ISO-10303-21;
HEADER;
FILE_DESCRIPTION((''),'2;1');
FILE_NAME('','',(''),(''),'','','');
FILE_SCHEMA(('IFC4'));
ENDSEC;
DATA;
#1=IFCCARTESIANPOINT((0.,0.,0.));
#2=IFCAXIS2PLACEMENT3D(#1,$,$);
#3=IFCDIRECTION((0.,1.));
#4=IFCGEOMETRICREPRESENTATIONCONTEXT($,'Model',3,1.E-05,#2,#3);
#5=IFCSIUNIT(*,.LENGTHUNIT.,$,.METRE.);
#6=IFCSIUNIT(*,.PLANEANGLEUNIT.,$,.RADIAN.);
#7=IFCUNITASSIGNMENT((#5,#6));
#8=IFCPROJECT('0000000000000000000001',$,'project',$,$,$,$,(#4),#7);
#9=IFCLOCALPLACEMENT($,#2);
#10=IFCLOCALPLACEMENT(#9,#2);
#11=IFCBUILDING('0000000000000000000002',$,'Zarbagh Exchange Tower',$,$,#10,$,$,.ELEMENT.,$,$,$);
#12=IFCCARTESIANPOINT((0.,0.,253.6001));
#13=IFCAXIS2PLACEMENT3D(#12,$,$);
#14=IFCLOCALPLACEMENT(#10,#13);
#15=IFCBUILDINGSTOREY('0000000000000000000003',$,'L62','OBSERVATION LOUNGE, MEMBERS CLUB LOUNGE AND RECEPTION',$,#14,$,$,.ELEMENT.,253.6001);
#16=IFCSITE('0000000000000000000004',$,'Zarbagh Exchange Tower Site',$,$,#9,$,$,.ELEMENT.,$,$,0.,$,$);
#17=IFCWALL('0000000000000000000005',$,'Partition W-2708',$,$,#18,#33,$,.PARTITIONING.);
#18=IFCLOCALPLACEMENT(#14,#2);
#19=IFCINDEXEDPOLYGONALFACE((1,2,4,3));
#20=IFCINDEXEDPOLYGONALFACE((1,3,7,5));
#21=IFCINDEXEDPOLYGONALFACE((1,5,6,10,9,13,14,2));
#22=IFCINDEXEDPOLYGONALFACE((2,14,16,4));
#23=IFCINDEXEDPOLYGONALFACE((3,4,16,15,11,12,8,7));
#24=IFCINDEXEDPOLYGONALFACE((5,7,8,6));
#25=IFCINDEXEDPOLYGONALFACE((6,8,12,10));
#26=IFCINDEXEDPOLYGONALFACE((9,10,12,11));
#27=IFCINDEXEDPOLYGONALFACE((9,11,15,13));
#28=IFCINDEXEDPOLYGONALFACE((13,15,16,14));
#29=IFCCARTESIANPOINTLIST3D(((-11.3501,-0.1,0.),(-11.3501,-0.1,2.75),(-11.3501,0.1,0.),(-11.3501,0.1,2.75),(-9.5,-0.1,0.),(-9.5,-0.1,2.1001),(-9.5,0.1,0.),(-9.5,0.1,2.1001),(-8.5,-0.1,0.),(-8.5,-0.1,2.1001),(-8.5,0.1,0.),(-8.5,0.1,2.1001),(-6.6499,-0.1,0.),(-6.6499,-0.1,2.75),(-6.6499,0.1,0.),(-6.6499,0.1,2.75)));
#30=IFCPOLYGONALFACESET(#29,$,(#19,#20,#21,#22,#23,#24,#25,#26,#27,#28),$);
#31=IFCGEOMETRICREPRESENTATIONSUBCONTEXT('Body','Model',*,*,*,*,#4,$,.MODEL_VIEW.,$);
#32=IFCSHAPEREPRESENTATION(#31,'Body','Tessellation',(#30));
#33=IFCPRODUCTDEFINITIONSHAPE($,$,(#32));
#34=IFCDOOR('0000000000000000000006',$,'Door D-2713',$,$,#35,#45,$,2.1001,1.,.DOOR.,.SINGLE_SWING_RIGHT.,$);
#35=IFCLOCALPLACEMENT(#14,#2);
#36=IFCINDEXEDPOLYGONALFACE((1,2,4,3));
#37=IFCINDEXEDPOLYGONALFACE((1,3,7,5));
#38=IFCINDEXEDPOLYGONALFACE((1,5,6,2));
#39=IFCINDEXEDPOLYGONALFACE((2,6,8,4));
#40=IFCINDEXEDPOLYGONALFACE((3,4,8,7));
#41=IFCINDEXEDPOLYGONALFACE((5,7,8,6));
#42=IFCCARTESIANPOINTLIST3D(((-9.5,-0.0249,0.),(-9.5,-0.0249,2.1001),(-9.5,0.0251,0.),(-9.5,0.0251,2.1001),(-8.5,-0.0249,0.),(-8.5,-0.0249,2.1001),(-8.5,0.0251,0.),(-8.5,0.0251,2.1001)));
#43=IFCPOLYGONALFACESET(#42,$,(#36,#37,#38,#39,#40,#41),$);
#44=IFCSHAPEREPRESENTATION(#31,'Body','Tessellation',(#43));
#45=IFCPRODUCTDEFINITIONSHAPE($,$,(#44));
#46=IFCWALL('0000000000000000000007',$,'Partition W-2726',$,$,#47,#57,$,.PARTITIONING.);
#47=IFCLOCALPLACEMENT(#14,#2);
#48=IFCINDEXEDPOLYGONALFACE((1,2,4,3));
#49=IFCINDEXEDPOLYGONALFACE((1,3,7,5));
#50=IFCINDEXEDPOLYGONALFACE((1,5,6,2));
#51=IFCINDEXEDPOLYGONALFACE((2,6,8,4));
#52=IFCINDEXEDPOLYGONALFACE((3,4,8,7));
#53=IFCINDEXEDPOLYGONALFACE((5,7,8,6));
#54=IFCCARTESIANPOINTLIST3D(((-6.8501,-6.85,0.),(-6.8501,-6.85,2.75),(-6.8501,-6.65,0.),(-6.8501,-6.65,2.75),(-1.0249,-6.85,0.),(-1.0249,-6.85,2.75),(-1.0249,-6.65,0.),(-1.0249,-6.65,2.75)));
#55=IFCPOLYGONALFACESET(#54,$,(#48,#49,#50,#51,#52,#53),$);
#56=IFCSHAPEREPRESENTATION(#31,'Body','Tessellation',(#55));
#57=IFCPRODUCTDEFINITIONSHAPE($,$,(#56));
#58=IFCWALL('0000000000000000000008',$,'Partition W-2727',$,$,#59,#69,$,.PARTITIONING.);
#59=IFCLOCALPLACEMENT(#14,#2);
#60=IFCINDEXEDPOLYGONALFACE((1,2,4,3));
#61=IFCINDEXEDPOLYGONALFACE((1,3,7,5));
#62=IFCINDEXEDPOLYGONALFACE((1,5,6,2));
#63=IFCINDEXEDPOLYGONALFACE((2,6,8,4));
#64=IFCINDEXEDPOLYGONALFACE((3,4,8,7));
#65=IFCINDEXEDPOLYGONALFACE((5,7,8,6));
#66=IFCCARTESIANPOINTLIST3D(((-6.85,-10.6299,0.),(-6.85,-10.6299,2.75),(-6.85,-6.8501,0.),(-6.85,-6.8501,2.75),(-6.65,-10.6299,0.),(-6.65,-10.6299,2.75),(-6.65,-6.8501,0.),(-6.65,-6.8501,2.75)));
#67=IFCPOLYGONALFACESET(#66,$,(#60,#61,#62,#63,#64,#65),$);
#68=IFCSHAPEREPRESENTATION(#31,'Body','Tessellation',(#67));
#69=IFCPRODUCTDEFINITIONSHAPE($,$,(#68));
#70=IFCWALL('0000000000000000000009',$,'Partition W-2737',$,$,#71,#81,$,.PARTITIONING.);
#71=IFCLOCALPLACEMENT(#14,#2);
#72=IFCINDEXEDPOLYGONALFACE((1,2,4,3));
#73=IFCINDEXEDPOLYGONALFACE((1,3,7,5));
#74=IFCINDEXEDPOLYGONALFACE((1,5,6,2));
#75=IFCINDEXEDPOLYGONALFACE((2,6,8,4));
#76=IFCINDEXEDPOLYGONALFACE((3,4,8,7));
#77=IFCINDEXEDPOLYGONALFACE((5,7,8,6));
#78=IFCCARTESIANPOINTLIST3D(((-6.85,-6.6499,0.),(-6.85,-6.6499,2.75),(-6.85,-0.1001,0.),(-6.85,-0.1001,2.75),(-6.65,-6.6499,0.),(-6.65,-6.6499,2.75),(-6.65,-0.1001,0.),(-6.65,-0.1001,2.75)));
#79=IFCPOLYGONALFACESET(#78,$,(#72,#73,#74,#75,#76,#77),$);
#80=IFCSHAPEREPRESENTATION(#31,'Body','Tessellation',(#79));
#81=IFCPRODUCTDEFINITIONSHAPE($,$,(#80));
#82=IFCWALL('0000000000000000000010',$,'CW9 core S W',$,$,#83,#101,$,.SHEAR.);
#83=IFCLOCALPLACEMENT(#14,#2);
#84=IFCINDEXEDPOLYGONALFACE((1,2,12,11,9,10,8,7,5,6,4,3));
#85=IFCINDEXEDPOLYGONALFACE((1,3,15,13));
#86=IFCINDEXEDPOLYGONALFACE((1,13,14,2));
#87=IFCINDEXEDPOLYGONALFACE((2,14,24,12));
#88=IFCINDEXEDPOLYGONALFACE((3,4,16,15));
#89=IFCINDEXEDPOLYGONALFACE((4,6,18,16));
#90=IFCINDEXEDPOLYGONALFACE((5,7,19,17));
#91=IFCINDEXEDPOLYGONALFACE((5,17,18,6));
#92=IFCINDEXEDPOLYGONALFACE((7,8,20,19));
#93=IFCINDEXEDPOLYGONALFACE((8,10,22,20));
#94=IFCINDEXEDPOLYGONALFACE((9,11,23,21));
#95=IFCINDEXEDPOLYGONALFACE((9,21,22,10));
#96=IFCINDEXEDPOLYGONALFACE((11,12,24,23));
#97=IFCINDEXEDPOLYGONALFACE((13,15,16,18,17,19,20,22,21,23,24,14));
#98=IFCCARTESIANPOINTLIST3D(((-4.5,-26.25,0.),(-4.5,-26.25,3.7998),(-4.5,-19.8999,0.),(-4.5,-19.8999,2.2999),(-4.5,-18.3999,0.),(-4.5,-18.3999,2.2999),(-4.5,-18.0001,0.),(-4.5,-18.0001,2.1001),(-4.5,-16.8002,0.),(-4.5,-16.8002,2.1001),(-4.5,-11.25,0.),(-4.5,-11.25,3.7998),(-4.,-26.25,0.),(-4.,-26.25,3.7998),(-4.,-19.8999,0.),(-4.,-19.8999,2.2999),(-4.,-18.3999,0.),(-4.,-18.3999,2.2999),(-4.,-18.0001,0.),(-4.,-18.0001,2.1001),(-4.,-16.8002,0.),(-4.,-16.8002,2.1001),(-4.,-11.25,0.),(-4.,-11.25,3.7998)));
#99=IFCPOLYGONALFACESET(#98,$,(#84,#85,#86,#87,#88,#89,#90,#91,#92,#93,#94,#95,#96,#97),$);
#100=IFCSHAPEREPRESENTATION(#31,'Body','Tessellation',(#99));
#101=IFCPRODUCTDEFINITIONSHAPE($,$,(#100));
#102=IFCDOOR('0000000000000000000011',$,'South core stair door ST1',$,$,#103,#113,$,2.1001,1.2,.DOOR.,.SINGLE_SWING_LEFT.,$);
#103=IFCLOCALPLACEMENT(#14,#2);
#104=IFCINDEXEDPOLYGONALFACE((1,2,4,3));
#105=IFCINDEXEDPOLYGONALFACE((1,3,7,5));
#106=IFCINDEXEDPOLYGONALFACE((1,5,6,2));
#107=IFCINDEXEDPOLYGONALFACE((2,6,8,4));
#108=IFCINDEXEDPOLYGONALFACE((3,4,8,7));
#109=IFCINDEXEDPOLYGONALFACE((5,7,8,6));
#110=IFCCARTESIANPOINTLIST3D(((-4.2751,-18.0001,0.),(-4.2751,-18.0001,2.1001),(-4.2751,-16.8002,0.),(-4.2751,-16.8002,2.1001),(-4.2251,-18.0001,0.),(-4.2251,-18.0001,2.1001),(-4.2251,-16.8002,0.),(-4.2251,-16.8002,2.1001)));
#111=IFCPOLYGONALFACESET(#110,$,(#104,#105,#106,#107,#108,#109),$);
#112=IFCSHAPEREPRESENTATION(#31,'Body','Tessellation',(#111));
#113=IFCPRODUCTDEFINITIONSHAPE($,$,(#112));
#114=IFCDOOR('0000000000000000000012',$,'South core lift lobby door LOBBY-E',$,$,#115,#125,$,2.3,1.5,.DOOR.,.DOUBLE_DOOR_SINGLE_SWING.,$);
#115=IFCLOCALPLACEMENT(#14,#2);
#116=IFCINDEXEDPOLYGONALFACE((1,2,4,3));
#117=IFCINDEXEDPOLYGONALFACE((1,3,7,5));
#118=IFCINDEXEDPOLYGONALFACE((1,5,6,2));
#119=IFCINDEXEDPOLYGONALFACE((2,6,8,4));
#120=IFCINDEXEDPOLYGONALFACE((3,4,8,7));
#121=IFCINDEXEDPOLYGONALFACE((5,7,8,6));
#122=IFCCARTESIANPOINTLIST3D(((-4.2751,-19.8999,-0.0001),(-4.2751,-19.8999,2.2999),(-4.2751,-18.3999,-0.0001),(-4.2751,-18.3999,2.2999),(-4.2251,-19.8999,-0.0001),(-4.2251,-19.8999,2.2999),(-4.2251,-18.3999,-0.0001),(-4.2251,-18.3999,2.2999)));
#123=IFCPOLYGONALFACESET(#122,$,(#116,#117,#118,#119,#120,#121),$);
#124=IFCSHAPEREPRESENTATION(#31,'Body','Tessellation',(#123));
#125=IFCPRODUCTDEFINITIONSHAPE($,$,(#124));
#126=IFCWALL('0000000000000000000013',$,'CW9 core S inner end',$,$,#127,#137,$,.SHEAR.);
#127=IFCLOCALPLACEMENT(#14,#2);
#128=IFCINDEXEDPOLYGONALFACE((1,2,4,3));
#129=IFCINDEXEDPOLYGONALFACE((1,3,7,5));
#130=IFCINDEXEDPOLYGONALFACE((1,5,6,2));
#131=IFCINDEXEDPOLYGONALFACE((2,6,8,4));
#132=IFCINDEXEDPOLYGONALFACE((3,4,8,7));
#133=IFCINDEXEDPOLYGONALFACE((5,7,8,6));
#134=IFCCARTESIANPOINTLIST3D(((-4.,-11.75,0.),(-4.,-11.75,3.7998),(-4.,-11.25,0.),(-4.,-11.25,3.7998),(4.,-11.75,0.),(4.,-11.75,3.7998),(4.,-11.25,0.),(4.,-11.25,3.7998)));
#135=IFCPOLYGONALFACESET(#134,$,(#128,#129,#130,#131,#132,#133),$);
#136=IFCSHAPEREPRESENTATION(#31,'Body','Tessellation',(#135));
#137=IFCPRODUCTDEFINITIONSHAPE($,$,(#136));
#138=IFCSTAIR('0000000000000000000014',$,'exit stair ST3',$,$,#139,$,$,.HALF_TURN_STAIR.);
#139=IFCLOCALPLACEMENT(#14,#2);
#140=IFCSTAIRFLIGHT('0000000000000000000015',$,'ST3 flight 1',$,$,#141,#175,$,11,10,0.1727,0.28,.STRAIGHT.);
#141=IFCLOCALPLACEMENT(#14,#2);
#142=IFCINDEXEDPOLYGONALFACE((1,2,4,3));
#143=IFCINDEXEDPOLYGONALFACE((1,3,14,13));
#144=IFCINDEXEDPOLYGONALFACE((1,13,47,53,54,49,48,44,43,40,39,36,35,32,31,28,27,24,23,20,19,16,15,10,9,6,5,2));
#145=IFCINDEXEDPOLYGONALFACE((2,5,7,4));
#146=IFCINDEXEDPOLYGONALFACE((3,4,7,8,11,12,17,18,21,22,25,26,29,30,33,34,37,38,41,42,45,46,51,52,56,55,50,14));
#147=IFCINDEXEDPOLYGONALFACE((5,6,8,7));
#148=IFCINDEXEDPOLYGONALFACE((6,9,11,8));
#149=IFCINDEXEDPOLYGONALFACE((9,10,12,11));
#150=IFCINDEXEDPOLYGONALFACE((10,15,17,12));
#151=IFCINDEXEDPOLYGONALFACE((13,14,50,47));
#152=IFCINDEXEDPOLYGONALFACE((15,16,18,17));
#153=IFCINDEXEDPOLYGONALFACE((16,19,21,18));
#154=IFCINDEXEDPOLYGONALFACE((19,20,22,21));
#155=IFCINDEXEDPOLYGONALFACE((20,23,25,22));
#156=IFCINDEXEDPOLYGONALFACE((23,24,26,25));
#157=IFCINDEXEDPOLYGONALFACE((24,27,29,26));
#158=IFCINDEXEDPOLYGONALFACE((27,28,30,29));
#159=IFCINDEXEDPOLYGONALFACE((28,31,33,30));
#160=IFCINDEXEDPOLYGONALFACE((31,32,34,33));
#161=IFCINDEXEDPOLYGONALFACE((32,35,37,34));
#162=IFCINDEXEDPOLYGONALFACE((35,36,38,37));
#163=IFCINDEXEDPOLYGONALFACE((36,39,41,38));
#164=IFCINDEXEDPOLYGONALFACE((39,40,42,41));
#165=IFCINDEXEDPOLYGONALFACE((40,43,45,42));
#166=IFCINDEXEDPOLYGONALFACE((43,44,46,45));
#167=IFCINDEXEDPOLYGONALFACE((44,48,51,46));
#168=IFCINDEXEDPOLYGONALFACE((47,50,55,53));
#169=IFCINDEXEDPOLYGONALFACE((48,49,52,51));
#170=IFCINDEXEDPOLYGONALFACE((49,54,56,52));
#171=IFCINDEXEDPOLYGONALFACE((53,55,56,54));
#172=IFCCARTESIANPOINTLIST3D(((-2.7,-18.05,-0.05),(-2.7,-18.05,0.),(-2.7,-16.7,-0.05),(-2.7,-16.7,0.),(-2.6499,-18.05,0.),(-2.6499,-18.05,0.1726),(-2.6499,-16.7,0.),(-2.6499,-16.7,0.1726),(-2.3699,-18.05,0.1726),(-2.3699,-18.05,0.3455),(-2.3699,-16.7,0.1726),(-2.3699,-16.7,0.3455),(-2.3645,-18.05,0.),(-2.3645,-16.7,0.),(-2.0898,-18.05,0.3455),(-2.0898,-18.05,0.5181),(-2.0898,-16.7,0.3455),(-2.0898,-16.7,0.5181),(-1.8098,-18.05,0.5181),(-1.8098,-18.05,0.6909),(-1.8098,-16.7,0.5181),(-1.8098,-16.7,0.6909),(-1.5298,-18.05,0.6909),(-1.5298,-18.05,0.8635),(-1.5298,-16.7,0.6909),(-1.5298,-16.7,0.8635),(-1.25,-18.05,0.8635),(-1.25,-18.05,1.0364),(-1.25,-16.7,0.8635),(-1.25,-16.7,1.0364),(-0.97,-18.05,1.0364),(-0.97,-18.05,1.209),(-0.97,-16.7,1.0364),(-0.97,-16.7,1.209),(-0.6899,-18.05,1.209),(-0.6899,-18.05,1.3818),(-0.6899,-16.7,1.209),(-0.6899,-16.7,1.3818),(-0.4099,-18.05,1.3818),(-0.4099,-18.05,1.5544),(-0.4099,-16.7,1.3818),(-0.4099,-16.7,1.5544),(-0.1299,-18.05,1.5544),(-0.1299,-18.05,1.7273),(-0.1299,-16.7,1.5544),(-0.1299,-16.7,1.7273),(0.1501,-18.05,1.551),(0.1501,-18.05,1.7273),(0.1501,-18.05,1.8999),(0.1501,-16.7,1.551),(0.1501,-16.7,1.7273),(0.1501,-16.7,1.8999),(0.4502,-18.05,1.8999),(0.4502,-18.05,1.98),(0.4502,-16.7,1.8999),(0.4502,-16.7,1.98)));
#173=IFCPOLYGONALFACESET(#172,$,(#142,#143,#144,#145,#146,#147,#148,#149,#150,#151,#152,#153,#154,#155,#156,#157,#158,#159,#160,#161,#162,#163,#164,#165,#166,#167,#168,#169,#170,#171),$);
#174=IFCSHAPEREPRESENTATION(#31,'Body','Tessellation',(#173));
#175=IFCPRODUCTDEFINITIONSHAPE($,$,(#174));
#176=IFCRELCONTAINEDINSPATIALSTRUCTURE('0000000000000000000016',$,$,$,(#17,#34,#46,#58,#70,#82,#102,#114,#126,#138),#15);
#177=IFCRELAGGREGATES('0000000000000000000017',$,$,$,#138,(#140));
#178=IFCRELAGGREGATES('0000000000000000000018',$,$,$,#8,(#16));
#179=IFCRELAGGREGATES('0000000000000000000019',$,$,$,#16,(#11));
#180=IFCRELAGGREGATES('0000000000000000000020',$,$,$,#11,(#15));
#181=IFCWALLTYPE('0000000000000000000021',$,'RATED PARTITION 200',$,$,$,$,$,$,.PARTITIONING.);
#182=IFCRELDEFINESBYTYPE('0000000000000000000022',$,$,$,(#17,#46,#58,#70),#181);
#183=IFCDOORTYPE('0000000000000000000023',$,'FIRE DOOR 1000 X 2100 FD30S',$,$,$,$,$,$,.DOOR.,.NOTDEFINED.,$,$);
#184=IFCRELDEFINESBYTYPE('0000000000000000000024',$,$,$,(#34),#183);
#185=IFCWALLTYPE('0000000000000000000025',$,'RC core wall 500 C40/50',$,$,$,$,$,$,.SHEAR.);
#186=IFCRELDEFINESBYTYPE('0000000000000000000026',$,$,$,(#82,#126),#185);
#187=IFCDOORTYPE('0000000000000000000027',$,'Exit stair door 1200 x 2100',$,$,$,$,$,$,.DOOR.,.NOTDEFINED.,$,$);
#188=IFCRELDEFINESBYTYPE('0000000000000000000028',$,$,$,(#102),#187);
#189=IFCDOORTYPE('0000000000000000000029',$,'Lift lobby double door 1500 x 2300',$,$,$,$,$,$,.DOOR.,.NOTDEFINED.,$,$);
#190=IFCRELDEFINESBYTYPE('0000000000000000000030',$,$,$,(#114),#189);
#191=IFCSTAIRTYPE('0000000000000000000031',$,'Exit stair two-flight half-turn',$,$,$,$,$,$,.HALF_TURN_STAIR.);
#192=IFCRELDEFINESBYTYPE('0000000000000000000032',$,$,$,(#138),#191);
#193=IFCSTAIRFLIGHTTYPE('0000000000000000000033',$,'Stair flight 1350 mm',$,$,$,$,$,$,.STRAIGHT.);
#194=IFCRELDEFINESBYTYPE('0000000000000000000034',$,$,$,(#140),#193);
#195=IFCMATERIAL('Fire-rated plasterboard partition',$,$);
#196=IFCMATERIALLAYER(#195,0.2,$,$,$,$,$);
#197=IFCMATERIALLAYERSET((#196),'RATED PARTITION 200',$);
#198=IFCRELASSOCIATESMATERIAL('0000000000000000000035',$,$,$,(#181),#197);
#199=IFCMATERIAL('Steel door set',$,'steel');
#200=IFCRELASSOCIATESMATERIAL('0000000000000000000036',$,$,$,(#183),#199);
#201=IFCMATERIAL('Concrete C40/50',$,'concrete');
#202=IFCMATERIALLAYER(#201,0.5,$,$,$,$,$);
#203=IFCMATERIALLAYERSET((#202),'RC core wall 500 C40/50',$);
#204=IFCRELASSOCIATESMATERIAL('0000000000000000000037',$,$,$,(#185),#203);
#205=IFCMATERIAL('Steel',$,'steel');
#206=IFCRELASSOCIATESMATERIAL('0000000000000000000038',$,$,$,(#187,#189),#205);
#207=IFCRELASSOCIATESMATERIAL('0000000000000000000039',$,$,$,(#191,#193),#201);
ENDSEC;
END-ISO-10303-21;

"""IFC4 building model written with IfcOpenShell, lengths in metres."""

from ifc_helpers import new_model, si_unit, direction, frame, frame_2d, origin, place, context, subcontext, project, spatial, polyline, rectangle, outline, extrude, material, layer, layer_set, type_object, element, fill, aggregate, save


model = new_model("IFC4")

# Units and contexts
model_context = context("Model", 3, precision=1e-05, world=origin(), true_north=direction((0.0, 1.0)))
body_context = subcontext(model_context, "Body", "Model", "MODEL_VIEW")
ifc_project = project(units=[si_unit("LENGTHUNIT", "METRE"), si_unit("PLANEANGLEUNIT", "RADIAN")], contexts=[model_context])

# Site, building, storey
site_placement = place(None, origin())
site = spatial("IfcSite", under=ifc_project, at=site_placement, Name="Zarbagh Exchange Tower Site", CompositionType="ELEMENT", RefElevation=0.0)
building_placement = place(site_placement, origin())
building = spatial("IfcBuilding", under=site, at=building_placement, Name="Zarbagh Exchange Tower", CompositionType="ELEMENT")
storey_placement = place(building_placement, frame((0.0, 0.0, 253.6001)))
storey = spatial("IfcBuildingStorey", under=building, at=storey_placement, Name="L62", Description="OBSERVATION LOUNGE, MEMBERS CLUB LOUNGE AND RECEPTION", CompositionType="ELEMENT", Elevation=253.6001)

# Shared definitions
ifc_material_1 = material(Name="Concrete C40/50", Category="concrete")

# Wall, opening, door
ifc_material_2 = material(Name="Fire-rated plasterboard partition")
ifc_layer_1 = layer(ifc_material_2, 0.2)
ifc_layer_set_1 = layer_set([ifc_layer_1], Name="RATED PARTITION 200")
wall_type_1 = type_object("IfcWallType", Name="RATED PARTITION 200", PredefinedType="PARTITIONING", material=ifc_layer_set_1)
wall_1_placement = place(storey_placement, frame((-6.6499, 0.0, 0.0), z_axis=(0.0, 0.0, 1.0), x_axis=(-1.0, 0.0, 0.0)))
wall_1 = element("IfcWall", 1, at=wall_1_placement, inside=storey, type_object=wall_type_1, Name="Partition W-2708", PredefinedType="PARTITIONING", context=body_context, shape_type="SweptSolid", body=[
    extrude(rectangle(XDim=4.7002, YDim=0.2, at=frame_2d((2.3501, 0.0))), origin(), (0.0, 0.0, 1.0), 2.75),
])
opening_1_placement = place(wall_1_placement, frame((1.8501, 0.0, 0.0)))
opening_1 = element("IfcOpeningElement", 2, at=opening_1_placement, cuts=wall_1, PredefinedType="OPENING", context=body_context, shape_type="SweptSolid", body=[
    extrude(rectangle(XDim=1.0, YDim=2.1001, at=frame_2d((0.5, 1.05))), frame((0.0, 0.1099, 0.0), z_axis=(0.0, -1.0, 0.0), x_axis=(1.0, 0.0, 0.0)), (0.0, 0.0, 1.0), 0.22),
])
ifc_material_3 = material(Name="Steel door set", Category="steel")
door_type_1 = type_object("IfcDoorType", Name="FIRE DOOR 1000 X 2100 FD30S", OperationType="NOTDEFINED", PredefinedType="DOOR", material=ifc_material_3)
door_1_placement = place(opening_1_placement, origin())
door_1 = element("IfcDoor", 3, at=door_1_placement, inside=storey, type_object=door_type_1, Name="Door D-2713", OperationType="SINGLE_SWING_RIGHT", OverallHeight=2.1001, OverallWidth=1.0, PredefinedType="DOOR", context=body_context, shape_type="SweptSolid", body=[
    extrude(rectangle(XDim=1.0, YDim=2.1001, at=frame_2d((0.5, 1.05))), frame((0.0, 0.0249, 0.0), z_axis=(0.0, -1.0, 0.0), x_axis=(1.0, 0.0, 0.0)), (0.0, 0.0, 1.0), 0.05),
])
fill(opening_1, door_1)

# Walls
wall_2_placement = place(storey_placement, frame((-6.8501, -6.75, 0.0), z_axis=(0.0, 0.0, 1.0), x_axis=(1.0, 0.0, 0.0)))
element("IfcWall", 4, at=wall_2_placement, inside=storey, type_object=wall_type_1, Name="Partition W-2726", PredefinedType="PARTITIONING", context=body_context, shape_type="SweptSolid", body=[
    extrude(rectangle(XDim=5.8252, YDim=0.2, at=frame_2d((2.9126, 0.0))), origin(), (0.0, 0.0, 1.0), 2.75),
])
wall_3_placement = place(storey_placement, frame((-6.75, -10.6299, 0.0), z_axis=(0.0, 0.0, 1.0), x_axis=(0.0, 1.0, 0.0)))
element("IfcWall", 5, at=wall_3_placement, inside=storey, type_object=wall_type_1, Name="Partition W-2727", PredefinedType="PARTITIONING", context=body_context, shape_type="SweptSolid", body=[
    extrude(rectangle(XDim=3.7798, YDim=0.2, at=frame_2d((1.8899, 0.0))), origin(), (0.0, 0.0, 1.0), 2.75),
])
wall_4_placement = place(storey_placement, frame((-6.75, -6.6499, 0.0), z_axis=(0.0, 0.0, 1.0), x_axis=(0.0, 1.0, 0.0)))
element("IfcWall", 6, at=wall_4_placement, inside=storey, type_object=wall_type_1, Name="Partition W-2737", PredefinedType="PARTITIONING", context=body_context, shape_type="SweptSolid", body=[
    extrude(rectangle(XDim=6.5498, YDim=0.2, at=frame_2d((3.2749, 0.0))), origin(), (0.0, 0.0, 1.0), 2.75),
])

# Wall, openings, doors
ifc_layer_2 = layer(ifc_material_1, 0.5)
ifc_layer_set_2 = layer_set([ifc_layer_2], Name="RC core wall 500 C40/50")
wall_type_2 = type_object("IfcWallType", Name="RC core wall 500 C40/50", PredefinedType="SHEAR", material=ifc_layer_set_2)
wall_5_placement = place(storey_placement, frame((-4.25, -11.25, 0.0), z_axis=(0.0, 0.0, 1.0), x_axis=(0.0, -1.0, 0.0)))
wall_5 = element("IfcWall", 7, at=wall_5_placement, inside=storey, type_object=wall_type_2, Name="CW9 core S W", PredefinedType="SHEAR", context=body_context, shape_type="SweptSolid", body=[
    extrude(rectangle(XDim=15.0, YDim=0.5, at=frame_2d((7.5, 0.0))), origin(), (0.0, 0.0, 1.0), 3.7998),
])
opening_2_placement = place(wall_5_placement, frame((7.1499, 0.0, 0.0)))
opening_2 = element("IfcOpeningElement", 8, at=opening_2_placement, cuts=wall_5, PredefinedType="OPENING", context=body_context, shape_type="SweptSolid", body=[
    extrude(rectangle(XDim=1.5, YDim=2.3, at=frame_2d((0.75, 1.1499))), frame((0.0, 0.26, 0.0), z_axis=(0.0, -1.0, 0.0), x_axis=(1.0, 0.0, 0.0)), (0.0, 0.0, 1.0), 0.52),
])
opening_3_placement = place(wall_5_placement, frame((5.55, 0.0, 0.0)))
opening_3 = element("IfcOpeningElement", 9, at=opening_3_placement, cuts=wall_5, PredefinedType="OPENING", context=body_context, shape_type="SweptSolid", body=[
    extrude(rectangle(XDim=1.2, YDim=2.1001, at=frame_2d((0.6001, 1.05))), frame((0.0, 0.26, 0.0), z_axis=(0.0, -1.0, 0.0), x_axis=(1.0, 0.0, 0.0)), (0.0, 0.0, 1.0), 0.52),
])
ifc_material_4 = material(Name="Steel", Category="steel")
door_type_2 = type_object("IfcDoorType", Name="Exit stair door 1200 x 2100", OperationType="NOTDEFINED", PredefinedType="DOOR", material=ifc_material_4)
door_2_placement = place(opening_3_placement, origin())
door_2 = element("IfcDoor", 10, at=door_2_placement, inside=storey, type_object=door_type_2, Name="South core stair door ST1", OperationType="SINGLE_SWING_LEFT", OverallHeight=2.1001, OverallWidth=1.2, PredefinedType="DOOR", context=body_context, shape_type="SweptSolid", body=[
    extrude(rectangle(XDim=1.2, YDim=2.1001, at=frame_2d((0.6001, 1.05))), frame((0.0, 0.0249, 0.0), z_axis=(0.0, -1.0, 0.0), x_axis=(1.0, 0.0, 0.0)), (0.0, 0.0, 1.0), 0.05),
])
fill(opening_3, door_2)
door_type_3 = type_object("IfcDoorType", Name="Lift lobby double door 1500 x 2300", OperationType="NOTDEFINED", PredefinedType="DOOR", material=ifc_material_4)
door_3_placement = place(opening_2_placement, origin())
door_3 = element("IfcDoor", 11, at=door_3_placement, inside=storey, type_object=door_type_3, Name="South core lift lobby door LOBBY-E", OperationType="DOUBLE_DOOR_SINGLE_SWING", OverallHeight=2.3, OverallWidth=1.5, PredefinedType="DOOR", context=body_context, shape_type="SweptSolid", body=[
    extrude(rectangle(XDim=1.5, YDim=2.3, at=frame_2d((0.75, 1.1499))), frame((0.0, 0.0249, 0.0), z_axis=(0.0, -1.0, 0.0), x_axis=(1.0, 0.0, 0.0)), (0.0, 0.0, 1.0), 0.05),
])
fill(opening_2, door_3)

# Wall
wall_6_placement = place(storey_placement, frame((-4.0, -11.5, 0.0), z_axis=(0.0, 0.0, 1.0), x_axis=(1.0, 0.0, 0.0)))
element("IfcWall", 12, at=wall_6_placement, inside=storey, type_object=wall_type_2, Name="CW9 core S inner end", PredefinedType="SHEAR", context=body_context, shape_type="SweptSolid", body=[
    extrude(rectangle(XDim=8.0, YDim=0.5, at=frame_2d((4.0, 0.0))), origin(), (0.0, 0.0, 1.0), 3.7998),
])

# Stair, stair flight
stair_type = type_object("IfcStairType", Name="Exit stair two-flight half-turn", PredefinedType="HALF_TURN_STAIR", material=ifc_material_1)
stair_placement = place(storey_placement, origin())
stair = element("IfcStair", 13, at=stair_placement, inside=storey, type_object=stair_type, Name="exit stair ST3", PredefinedType="HALF_TURN_STAIR")
stair_flight_type = type_object("IfcStairFlightType", Name="Stair flight 1350 mm", PredefinedType="STRAIGHT", material=ifc_material_1)
stair_flight_placement = place(storey_placement, frame((-2.6499, -17.375, 0.0), z_axis=(0.0, 0.0, 1.0), x_axis=(1.0, 0.0, 0.0)))
stair_flight = element("IfcStairFlight", 14, at=stair_flight_placement, type_object=stair_flight_type, Name="ST3 flight 1", NumberOfRisers=11, NumberOfTreads=10, PredefinedType="STRAIGHT", RiserHeight=0.1727, TreadLength=0.28, context=body_context, shape_type="SweptSolid", body=[
    extrude(outline(polyline([(-0.05, -0.05), (-0.05, 0.0), (0.0, 0.0), (0.0, 0.1726), (0.28, 0.1726), (0.28, 0.3455), (0.5601, 0.3455), (0.5601, 0.5181), (0.8401, 0.5181), (0.8401, 0.6909), (1.1201, 0.6909), (1.1201, 0.8635), (1.3999, 0.8635), (1.3999, 1.0364), (1.6799, 1.0364), (1.6799, 1.209), (1.96, 1.209), (1.96, 1.3818), (2.24, 1.3818), (2.24, 1.5544), (2.52, 1.5544), (2.52, 1.7273), (2.8, 1.7273), (2.8, 1.8999), (3.1001, 1.98), (3.1001, 1.8999), (2.8, 1.551), (0.2854, 0.0), (-0.05, -0.05)])), frame((0.0, 0.675, 0.0), z_axis=(0.0, -1.0, 0.0), x_axis=(1.0, 0.0, 0.0)), (0.0, 0.0, 1.0), 1.3501),
])
aggregate(stair, [stair_flight])

save(model, "model.ifc")
